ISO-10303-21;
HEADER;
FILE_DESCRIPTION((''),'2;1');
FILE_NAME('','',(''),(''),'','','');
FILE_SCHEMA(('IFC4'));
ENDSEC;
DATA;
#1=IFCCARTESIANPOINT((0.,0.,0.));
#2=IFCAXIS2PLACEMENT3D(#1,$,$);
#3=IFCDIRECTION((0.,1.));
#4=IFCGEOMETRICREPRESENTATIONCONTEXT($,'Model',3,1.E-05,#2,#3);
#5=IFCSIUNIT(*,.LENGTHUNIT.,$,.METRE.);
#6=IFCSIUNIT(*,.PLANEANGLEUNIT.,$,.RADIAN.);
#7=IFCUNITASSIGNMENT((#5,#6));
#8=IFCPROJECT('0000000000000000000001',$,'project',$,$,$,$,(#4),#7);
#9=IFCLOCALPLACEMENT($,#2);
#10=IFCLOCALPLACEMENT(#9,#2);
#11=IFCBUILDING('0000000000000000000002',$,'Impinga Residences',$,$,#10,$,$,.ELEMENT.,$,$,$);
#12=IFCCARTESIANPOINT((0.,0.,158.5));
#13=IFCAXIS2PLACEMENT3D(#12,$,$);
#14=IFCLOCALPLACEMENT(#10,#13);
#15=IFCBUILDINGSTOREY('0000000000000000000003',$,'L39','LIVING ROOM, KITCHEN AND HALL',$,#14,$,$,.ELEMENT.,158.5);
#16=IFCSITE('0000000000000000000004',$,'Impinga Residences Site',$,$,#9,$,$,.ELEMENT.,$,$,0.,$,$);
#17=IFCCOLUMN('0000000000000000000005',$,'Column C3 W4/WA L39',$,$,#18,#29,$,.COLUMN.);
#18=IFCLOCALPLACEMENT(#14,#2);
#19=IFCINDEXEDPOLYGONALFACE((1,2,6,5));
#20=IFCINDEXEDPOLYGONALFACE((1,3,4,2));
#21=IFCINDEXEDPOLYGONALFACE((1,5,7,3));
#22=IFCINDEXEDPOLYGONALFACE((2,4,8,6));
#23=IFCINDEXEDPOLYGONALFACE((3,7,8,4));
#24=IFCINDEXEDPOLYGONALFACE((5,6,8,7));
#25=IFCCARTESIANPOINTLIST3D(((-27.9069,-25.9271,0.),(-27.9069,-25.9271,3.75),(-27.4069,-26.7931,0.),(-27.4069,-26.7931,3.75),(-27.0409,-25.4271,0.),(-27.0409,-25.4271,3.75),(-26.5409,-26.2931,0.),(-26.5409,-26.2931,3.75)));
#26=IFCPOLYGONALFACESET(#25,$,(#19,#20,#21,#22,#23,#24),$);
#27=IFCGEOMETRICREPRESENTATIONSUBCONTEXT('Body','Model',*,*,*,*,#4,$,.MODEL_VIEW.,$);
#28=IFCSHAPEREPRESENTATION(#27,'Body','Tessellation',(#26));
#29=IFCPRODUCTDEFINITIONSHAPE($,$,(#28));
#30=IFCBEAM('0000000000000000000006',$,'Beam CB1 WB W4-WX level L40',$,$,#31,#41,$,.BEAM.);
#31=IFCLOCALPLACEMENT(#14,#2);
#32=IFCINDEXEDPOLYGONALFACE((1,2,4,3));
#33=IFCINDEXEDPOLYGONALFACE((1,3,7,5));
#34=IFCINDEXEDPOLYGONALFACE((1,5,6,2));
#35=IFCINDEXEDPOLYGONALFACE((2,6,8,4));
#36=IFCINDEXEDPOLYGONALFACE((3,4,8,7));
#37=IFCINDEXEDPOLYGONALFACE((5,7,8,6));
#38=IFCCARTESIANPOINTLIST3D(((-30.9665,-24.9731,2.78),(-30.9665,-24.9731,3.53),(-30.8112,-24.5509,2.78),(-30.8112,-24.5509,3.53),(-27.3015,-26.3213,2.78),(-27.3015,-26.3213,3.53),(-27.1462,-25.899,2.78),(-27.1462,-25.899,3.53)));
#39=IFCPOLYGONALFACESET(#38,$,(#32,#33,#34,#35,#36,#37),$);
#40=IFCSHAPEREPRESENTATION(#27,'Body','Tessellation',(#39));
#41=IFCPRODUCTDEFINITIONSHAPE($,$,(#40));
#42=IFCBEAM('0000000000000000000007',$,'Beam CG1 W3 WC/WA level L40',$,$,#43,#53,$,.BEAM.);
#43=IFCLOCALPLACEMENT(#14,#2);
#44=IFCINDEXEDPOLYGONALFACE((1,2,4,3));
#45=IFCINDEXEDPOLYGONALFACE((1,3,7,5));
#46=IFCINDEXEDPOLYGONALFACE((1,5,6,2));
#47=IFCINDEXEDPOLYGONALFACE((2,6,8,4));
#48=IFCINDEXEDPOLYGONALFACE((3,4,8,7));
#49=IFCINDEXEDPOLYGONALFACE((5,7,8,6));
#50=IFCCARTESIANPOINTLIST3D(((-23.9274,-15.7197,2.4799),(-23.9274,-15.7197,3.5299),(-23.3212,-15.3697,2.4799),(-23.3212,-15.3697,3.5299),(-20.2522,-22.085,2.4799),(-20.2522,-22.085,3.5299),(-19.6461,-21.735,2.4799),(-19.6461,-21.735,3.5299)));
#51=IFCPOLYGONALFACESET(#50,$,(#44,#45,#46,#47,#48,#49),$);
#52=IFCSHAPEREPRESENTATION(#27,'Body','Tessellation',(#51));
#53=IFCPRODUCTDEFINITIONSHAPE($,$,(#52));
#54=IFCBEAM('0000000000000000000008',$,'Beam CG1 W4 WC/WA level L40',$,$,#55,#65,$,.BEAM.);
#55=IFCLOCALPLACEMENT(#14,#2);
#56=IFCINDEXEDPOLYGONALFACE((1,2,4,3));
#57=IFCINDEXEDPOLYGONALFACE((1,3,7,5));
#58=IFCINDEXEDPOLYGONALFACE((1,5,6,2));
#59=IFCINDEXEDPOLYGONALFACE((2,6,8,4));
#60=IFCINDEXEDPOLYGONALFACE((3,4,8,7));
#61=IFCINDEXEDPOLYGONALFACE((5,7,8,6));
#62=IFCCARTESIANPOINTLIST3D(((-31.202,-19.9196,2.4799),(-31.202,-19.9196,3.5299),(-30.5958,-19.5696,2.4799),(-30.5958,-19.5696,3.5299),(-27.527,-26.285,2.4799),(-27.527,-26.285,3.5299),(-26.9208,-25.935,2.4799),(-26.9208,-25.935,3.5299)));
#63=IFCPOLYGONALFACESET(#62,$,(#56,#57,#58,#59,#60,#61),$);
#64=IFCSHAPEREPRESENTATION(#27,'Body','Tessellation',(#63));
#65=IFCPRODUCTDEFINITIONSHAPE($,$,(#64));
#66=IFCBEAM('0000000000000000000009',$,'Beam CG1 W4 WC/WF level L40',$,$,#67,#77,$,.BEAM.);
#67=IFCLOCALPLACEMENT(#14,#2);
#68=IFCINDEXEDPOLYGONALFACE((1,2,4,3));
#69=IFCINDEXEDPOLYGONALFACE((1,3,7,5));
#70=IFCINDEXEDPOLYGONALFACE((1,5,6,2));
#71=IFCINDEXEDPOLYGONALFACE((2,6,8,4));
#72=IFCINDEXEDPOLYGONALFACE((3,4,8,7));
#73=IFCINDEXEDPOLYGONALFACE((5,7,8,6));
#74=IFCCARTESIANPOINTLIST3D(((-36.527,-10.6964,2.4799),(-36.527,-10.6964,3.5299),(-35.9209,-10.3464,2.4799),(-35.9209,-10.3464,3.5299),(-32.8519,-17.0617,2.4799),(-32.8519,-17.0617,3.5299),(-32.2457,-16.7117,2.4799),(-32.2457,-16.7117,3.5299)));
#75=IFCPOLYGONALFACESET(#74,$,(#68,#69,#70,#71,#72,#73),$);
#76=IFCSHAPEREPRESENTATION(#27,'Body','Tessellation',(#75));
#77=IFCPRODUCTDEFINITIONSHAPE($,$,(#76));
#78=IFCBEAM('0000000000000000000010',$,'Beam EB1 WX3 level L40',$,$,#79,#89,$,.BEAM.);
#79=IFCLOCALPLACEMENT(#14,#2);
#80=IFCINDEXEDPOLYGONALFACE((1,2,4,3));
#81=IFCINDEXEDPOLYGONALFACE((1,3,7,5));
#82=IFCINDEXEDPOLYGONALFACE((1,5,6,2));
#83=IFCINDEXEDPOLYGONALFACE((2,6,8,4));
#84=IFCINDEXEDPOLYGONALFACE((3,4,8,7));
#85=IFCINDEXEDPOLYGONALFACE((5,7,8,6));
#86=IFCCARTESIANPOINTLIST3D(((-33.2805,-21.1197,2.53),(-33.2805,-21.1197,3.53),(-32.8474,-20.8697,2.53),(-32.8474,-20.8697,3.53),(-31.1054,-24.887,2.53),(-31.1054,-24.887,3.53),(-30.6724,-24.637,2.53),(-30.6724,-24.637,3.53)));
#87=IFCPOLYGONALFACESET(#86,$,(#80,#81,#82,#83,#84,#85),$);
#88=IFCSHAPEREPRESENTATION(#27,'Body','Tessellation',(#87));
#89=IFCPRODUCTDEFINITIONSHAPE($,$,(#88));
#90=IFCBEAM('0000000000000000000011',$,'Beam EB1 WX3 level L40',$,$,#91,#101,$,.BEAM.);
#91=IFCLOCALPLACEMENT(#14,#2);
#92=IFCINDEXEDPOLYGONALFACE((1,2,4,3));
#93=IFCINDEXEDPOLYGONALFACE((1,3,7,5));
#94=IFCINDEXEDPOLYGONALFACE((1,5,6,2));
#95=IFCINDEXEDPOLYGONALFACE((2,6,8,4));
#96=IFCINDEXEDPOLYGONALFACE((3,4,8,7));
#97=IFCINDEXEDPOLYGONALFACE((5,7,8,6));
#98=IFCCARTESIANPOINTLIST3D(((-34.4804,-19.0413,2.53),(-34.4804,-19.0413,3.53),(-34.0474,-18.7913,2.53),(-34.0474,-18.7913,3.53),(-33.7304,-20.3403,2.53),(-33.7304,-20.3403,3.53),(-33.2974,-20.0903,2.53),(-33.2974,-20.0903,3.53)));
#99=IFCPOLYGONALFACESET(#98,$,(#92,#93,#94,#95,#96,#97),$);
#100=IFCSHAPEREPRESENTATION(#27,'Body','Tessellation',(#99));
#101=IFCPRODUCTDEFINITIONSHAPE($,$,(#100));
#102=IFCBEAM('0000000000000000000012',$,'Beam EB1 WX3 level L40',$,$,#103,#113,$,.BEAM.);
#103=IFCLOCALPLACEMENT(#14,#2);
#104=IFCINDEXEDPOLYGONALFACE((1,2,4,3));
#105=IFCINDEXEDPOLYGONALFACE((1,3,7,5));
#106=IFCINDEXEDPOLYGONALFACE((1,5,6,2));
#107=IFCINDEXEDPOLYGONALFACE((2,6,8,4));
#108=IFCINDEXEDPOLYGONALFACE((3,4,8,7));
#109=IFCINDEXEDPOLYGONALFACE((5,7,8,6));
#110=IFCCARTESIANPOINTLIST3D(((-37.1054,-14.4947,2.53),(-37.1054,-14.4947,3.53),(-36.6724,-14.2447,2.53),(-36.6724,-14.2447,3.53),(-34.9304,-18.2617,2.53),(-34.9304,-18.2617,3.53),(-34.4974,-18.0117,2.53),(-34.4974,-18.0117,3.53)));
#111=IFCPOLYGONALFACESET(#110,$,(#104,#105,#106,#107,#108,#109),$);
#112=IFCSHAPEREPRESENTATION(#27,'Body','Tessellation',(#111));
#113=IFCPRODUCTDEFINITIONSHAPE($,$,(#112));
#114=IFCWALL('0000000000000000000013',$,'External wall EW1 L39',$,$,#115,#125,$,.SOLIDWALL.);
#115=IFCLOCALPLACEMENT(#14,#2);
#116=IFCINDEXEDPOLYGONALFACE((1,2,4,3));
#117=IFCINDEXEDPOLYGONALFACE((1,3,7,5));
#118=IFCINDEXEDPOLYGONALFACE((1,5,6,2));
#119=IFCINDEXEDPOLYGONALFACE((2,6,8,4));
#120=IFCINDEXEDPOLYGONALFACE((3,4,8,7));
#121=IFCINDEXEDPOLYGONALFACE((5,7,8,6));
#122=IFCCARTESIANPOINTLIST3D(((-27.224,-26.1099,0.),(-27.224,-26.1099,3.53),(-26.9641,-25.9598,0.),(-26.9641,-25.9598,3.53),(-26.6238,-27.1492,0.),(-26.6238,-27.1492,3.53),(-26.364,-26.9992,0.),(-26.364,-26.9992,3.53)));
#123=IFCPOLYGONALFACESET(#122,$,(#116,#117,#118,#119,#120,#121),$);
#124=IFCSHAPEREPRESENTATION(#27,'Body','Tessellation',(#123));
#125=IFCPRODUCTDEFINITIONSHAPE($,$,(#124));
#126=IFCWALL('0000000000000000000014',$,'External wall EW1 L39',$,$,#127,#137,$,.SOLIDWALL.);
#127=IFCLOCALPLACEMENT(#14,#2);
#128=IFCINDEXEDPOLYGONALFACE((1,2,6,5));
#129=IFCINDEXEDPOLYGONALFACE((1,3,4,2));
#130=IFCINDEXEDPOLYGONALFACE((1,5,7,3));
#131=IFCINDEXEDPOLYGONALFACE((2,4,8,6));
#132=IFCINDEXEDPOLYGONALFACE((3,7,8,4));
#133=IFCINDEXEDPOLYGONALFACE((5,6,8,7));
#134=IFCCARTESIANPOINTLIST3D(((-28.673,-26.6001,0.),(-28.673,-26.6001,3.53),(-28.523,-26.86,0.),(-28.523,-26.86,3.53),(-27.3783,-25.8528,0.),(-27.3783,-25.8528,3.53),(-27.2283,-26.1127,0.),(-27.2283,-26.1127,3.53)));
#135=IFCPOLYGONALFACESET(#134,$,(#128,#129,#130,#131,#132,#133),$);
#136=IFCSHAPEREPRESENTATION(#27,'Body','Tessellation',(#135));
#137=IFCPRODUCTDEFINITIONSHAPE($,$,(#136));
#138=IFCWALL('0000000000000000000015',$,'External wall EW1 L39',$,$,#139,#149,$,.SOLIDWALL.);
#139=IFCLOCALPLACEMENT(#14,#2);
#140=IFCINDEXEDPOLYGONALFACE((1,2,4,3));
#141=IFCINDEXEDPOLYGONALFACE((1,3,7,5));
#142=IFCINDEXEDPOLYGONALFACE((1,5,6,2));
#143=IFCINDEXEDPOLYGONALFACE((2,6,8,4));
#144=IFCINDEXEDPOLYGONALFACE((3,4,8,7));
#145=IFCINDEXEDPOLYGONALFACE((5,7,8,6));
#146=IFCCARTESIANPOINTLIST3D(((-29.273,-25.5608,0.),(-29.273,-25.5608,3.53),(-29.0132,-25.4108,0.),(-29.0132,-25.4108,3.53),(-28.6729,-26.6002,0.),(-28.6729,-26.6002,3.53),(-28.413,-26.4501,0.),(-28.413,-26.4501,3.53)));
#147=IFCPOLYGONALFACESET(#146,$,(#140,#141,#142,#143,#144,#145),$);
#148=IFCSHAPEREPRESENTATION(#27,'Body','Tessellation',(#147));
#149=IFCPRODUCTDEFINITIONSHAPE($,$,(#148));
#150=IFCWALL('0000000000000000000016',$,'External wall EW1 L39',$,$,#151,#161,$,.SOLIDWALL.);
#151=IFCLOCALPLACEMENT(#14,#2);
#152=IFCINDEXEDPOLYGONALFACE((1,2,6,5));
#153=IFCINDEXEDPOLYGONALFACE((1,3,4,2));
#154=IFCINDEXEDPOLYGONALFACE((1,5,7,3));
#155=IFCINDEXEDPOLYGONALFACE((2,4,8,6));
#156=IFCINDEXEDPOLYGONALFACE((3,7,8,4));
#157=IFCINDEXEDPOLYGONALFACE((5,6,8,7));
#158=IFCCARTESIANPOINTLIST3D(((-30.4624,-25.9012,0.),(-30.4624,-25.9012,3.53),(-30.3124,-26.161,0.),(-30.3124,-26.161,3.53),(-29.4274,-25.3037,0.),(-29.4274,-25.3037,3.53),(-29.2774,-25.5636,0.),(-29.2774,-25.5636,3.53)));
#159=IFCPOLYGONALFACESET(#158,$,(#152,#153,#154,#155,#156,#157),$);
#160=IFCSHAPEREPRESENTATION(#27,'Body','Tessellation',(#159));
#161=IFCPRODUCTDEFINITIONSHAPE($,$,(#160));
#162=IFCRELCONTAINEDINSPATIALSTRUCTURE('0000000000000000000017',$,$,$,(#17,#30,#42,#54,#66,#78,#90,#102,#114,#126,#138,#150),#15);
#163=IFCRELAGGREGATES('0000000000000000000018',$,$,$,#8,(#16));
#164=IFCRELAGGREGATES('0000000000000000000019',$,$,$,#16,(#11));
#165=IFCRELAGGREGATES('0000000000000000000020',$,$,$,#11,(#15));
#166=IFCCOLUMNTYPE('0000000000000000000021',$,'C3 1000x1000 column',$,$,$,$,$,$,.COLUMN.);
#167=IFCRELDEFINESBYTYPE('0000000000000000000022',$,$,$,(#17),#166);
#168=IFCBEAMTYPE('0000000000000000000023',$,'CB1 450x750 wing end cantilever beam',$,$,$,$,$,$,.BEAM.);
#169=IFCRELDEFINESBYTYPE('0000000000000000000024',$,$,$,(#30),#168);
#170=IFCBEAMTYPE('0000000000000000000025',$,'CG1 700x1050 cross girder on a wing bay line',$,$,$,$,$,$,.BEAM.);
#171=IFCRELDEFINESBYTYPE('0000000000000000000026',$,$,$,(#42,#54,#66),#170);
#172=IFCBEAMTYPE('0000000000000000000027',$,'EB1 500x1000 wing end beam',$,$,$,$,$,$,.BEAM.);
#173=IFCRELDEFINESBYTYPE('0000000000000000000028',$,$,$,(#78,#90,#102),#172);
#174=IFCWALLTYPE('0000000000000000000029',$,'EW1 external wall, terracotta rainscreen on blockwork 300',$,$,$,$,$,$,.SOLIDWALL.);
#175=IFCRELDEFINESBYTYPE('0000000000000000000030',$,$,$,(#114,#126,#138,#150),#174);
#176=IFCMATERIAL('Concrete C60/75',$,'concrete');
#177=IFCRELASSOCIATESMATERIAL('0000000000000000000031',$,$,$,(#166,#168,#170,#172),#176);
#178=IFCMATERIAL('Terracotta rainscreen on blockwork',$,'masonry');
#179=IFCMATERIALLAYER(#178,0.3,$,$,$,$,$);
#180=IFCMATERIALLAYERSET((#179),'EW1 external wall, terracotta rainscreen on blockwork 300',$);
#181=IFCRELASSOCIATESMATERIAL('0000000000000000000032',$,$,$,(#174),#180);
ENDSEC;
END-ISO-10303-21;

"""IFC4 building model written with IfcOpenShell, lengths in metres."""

from ifc_helpers import new_model, si_unit, direction, frame, frame_2d, origin, origin_2d, place, context, subcontext, project, spatial, rectangle, extrude, material, layer, layer_set, material_profile, profile_set, type_object, element, save


model = new_model("IFC4")

# Units and contexts
model_context = context("Model", 3, precision=1e-05, world=origin(), true_north=direction((0.0, 1.0)))
body_context = subcontext(model_context, "Body", "Model", "MODEL_VIEW")
ifc_project = project(units=[si_unit("LENGTHUNIT", "METRE"), si_unit("PLANEANGLEUNIT", "RADIAN")], contexts=[model_context])

# Site, building, storey
site_placement = place(None, origin())
site = spatial("IfcSite", under=ifc_project, at=site_placement, Name="Impinga Residences Site", CompositionType="ELEMENT", RefElevation=0.0)
building_placement = place(site_placement, origin())
building = spatial("IfcBuilding", under=site, at=building_placement, Name="Impinga Residences", CompositionType="ELEMENT")
storey_placement = place(building_placement, frame((0.0, 0.0, 158.5)))
storey = spatial("IfcBuildingStorey", under=building, at=storey_placement, Name="L39", Description="LIVING ROOM, KITCHEN AND HALL", CompositionType="ELEMENT", Elevation=158.5)

# Column
ifc_material_1 = material(Name="Concrete C60/75", Category="concrete")
ifc_material_profile_1 = material_profile(ifc_material_1, rectangle(XDim=1.0, YDim=1.0, at=origin_2d()), Name="RC 1000x1000")
ifc_profile_set_1 = profile_set([ifc_material_profile_1], Name="Concrete C60/75")
column_type = type_object("IfcColumnType", Name="C3 1000x1000 column", PredefinedType="COLUMN", material=ifc_profile_set_1)
column_placement = place(storey_placement, frame((-27.2239, -26.1101, 0.0), z_axis=(0.0, 0.0, 1.0), x_axis=(-0.5, 0.866025, 0.0)))
element("IfcColumn", 1, at=column_placement, inside=storey, type_object=column_type, Name="Column C3 W4/WA L39", PredefinedType="COLUMN", context=body_context, shape_type="SweptSolid", body=[
    extrude(rectangle(XDim=1.0, YDim=1.0, at=origin_2d()), origin(), (0.0, 0.0, 1.0), 3.75),
])

# Beams
ifc_material_profile_2 = material_profile(ifc_material_1, rectangle(XDim=0.45, YDim=0.75, at=origin_2d()), Name="RC 450x750")
ifc_profile_set_2 = profile_set([ifc_material_profile_2], Name="Concrete C60/75")
beam_type_1 = type_object("IfcBeamType", Name="CB1 450x750 wing end cantilever beam", PredefinedType="BEAM", material=ifc_profile_set_2)
beam_1_placement = place(storey_placement, frame((-27.2239, -26.1101, 3.155), z_axis=(-0.93852, 0.345224, 0.0), x_axis=(-0.345224, -0.93852, 0.0)))
element("IfcBeam", 2, at=beam_1_placement, inside=storey, type_object=beam_type_1, Name="Beam CB1 WB W4-WX level L40", PredefinedType="BEAM", context=body_context, shape_type="SweptSolid", body=[
    extrude(rectangle(XDim=0.45, YDim=0.75, at=origin_2d()), origin(), (0.0, 0.0, 1.0), 3.905),
])
ifc_material_profile_3 = material_profile(ifc_material_1, rectangle(XDim=0.7, YDim=1.05, at=origin_2d()), Name="RC 700x1050")
ifc_profile_set_3 = profile_set([ifc_material_profile_3], Name="Concrete C60/75")
beam_type_2 = type_object("IfcBeamType", Name="CG1 700x1050 cross girder on a wing bay line", PredefinedType="BEAM", material=ifc_profile_set_3)
for number, where, z_axis, x_axis, name in (
    (3, (-23.6243, -15.5447, 3.0049), (0.500008, -0.866021, 0.0), (0.866021, 0.500008, 0.0), "Beam CG1 W3 WC/WA level L40"),
    (4, (-30.8989, -19.7446, 3.0049), (0.499994, -0.866029, 0.0), (0.866029, 0.499994, 0.0), "Beam CG1 W4 WC/WA level L40"),
    (5, (-32.5488, -16.8867, 3.0049), (-0.500008, 0.866021, 0.0), (-0.866021, -0.500008, 0.0), "Beam CG1 W4 WC/WF level L40"),
):
    element("IfcBeam", number, at=place(storey_placement, frame(where, z_axis=z_axis, x_axis=x_axis)), inside=storey, type_object=beam_type_2, Name=name, PredefinedType="BEAM", context=body_context, shape_type="SweptSolid", body=[
        extrude(rectangle(XDim=0.7, YDim=1.05, at=origin_2d()), origin(), (0.0, 0.0, 1.0), 7.3501),
    ])
ifc_material_profile_4 = material_profile(ifc_material_1, rectangle(XDim=0.5, YDim=1.0, at=origin_2d()), Name="RC 500x1000")
ifc_profile_set_4 = profile_set([ifc_material_profile_4], Name="Concrete C60/75")
beam_type_3 = type_object("IfcBeamType", Name="EB1 500x1000 wing end beam", PredefinedType="BEAM", material=ifc_profile_set_4)
beam_2_placement = place(storey_placement, frame((-30.8889, -24.762, 3.03), z_axis=(-0.499996, 0.866028, 0.0), x_axis=(-0.866028, -0.499996, 0.0)))
element("IfcBeam", 6, at=beam_2_placement, inside=storey, type_object=beam_type_3, Name="Beam EB1 WX3 level L40", PredefinedType="BEAM", context=body_context, shape_type="SweptSolid", body=[
    extrude(rectangle(XDim=0.5, YDim=1.0, at=origin_2d()), origin(), (0.0, 0.0, 1.0), 4.3501),
])
beam_3_placement = place(storey_placement, frame((-33.5139, -20.2153, 3.03), z_axis=(-0.49999, 0.866031, 0.0), x_axis=(-0.866031, -0.49999, 0.0)))
element("IfcBeam", 7, at=beam_3_placement, inside=storey, type_object=beam_type_3, Name="Beam EB1 WX3 level L40", PredefinedType="BEAM", context=body_context, shape_type="SweptSolid", body=[
    extrude(rectangle(XDim=0.5, YDim=1.0, at=origin_2d()), origin(), (0.0, 0.0, 1.0), 1.5),
])
beam_4_placement = place(storey_placement, frame((-34.7139, -18.1367, 3.03), z_axis=(-0.50002, 0.866014, 0.0), x_axis=(-0.866014, -0.50002, 0.0)))
element("IfcBeam", 8, at=beam_4_placement, inside=storey, type_object=beam_type_3, Name="Beam EB1 WX3 level L40", PredefinedType="BEAM", context=body_context, shape_type="SweptSolid", body=[
    extrude(rectangle(XDim=0.5, YDim=1.0, at=origin_2d()), origin(), (0.0, 0.0, 1.0), 4.3499),
])

# Walls
ifc_material_2 = material(Name="Terracotta rainscreen on blockwork", Category="masonry")
ifc_layer_1 = layer(ifc_material_2, 0.3)
ifc_layer_set_1 = layer_set([ifc_layer_1], Name="EW1 external wall, terracotta rainscreen on blockwork 300")
wall_type_1 = type_object("IfcWallType", Name="EW1 external wall, terracotta rainscreen on blockwork 300", PredefinedType="SOLIDWALL", material=ifc_layer_set_1)
wall_1_placement = place(storey_placement, frame((-26.4939, -27.0742, 0.0), z_axis=(0.0, 0.0, 1.0), x_axis=(-0.500034, 0.866006, 0.0)))
element("IfcWall", 9, at=wall_1_placement, inside=storey, type_object=wall_type_1, Name="External wall EW1 L39", PredefinedType="SOLIDWALL", context=body_context, shape_type="SweptSolid", body=[
    extrude(rectangle(XDim=1.2002, YDim=0.3, at=frame_2d((0.6001, 0.0))), origin(), (0.0, 0.0, 1.0), 3.53),
])
wall_2_placement = place(storey_placement, frame((-27.3032, -25.9827, 0.0), z_axis=(0.0, 0.0, 1.0), x_axis=(-0.866074, -0.499916, 0.0)))
element("IfcWall", 10, at=wall_2_placement, inside=storey, type_object=wall_type_1, Name="External wall EW1 L39", PredefinedType="SOLIDWALL", context=body_context, shape_type="SweptSolid", body=[
    extrude(rectangle(XDim=1.4949, YDim=0.3, at=frame_2d((0.7476, 0.0))), origin(), (0.0, 0.0, 1.0), 3.53),
])
wall_3_placement = place(storey_placement, frame((-28.543, -26.5251, 0.0), z_axis=(0.0, 0.0, 1.0), x_axis=(-0.500034, 0.866006, 0.0)))
element("IfcWall", 11, at=wall_3_placement, inside=storey, type_object=wall_type_1, Name="External wall EW1 L39", PredefinedType="SOLIDWALL", context=body_context, shape_type="SweptSolid", body=[
    extrude(rectangle(XDim=1.2002, YDim=0.3, at=frame_2d((0.6001, 0.0))), origin(), (0.0, 0.0, 1.0), 3.53),
])
wall_4_placement = place(storey_placement, frame((-29.3523, -25.4336, 0.0), z_axis=(0.0, 0.0, 1.0), x_axis=(-0.86606, -0.499941, 0.0)))
element("IfcWall", 12, at=wall_4_placement, inside=storey, type_object=wall_type_1, Name="External wall EW1 L39", PredefinedType="SOLIDWALL", context=body_context, shape_type="SweptSolid", body=[
    extrude(rectangle(XDim=1.1951, YDim=0.3, at=frame_2d((0.5977, 0.0))), origin(), (0.0, 0.0, 1.0), 3.53),
])

save(model, "model.ifc")
